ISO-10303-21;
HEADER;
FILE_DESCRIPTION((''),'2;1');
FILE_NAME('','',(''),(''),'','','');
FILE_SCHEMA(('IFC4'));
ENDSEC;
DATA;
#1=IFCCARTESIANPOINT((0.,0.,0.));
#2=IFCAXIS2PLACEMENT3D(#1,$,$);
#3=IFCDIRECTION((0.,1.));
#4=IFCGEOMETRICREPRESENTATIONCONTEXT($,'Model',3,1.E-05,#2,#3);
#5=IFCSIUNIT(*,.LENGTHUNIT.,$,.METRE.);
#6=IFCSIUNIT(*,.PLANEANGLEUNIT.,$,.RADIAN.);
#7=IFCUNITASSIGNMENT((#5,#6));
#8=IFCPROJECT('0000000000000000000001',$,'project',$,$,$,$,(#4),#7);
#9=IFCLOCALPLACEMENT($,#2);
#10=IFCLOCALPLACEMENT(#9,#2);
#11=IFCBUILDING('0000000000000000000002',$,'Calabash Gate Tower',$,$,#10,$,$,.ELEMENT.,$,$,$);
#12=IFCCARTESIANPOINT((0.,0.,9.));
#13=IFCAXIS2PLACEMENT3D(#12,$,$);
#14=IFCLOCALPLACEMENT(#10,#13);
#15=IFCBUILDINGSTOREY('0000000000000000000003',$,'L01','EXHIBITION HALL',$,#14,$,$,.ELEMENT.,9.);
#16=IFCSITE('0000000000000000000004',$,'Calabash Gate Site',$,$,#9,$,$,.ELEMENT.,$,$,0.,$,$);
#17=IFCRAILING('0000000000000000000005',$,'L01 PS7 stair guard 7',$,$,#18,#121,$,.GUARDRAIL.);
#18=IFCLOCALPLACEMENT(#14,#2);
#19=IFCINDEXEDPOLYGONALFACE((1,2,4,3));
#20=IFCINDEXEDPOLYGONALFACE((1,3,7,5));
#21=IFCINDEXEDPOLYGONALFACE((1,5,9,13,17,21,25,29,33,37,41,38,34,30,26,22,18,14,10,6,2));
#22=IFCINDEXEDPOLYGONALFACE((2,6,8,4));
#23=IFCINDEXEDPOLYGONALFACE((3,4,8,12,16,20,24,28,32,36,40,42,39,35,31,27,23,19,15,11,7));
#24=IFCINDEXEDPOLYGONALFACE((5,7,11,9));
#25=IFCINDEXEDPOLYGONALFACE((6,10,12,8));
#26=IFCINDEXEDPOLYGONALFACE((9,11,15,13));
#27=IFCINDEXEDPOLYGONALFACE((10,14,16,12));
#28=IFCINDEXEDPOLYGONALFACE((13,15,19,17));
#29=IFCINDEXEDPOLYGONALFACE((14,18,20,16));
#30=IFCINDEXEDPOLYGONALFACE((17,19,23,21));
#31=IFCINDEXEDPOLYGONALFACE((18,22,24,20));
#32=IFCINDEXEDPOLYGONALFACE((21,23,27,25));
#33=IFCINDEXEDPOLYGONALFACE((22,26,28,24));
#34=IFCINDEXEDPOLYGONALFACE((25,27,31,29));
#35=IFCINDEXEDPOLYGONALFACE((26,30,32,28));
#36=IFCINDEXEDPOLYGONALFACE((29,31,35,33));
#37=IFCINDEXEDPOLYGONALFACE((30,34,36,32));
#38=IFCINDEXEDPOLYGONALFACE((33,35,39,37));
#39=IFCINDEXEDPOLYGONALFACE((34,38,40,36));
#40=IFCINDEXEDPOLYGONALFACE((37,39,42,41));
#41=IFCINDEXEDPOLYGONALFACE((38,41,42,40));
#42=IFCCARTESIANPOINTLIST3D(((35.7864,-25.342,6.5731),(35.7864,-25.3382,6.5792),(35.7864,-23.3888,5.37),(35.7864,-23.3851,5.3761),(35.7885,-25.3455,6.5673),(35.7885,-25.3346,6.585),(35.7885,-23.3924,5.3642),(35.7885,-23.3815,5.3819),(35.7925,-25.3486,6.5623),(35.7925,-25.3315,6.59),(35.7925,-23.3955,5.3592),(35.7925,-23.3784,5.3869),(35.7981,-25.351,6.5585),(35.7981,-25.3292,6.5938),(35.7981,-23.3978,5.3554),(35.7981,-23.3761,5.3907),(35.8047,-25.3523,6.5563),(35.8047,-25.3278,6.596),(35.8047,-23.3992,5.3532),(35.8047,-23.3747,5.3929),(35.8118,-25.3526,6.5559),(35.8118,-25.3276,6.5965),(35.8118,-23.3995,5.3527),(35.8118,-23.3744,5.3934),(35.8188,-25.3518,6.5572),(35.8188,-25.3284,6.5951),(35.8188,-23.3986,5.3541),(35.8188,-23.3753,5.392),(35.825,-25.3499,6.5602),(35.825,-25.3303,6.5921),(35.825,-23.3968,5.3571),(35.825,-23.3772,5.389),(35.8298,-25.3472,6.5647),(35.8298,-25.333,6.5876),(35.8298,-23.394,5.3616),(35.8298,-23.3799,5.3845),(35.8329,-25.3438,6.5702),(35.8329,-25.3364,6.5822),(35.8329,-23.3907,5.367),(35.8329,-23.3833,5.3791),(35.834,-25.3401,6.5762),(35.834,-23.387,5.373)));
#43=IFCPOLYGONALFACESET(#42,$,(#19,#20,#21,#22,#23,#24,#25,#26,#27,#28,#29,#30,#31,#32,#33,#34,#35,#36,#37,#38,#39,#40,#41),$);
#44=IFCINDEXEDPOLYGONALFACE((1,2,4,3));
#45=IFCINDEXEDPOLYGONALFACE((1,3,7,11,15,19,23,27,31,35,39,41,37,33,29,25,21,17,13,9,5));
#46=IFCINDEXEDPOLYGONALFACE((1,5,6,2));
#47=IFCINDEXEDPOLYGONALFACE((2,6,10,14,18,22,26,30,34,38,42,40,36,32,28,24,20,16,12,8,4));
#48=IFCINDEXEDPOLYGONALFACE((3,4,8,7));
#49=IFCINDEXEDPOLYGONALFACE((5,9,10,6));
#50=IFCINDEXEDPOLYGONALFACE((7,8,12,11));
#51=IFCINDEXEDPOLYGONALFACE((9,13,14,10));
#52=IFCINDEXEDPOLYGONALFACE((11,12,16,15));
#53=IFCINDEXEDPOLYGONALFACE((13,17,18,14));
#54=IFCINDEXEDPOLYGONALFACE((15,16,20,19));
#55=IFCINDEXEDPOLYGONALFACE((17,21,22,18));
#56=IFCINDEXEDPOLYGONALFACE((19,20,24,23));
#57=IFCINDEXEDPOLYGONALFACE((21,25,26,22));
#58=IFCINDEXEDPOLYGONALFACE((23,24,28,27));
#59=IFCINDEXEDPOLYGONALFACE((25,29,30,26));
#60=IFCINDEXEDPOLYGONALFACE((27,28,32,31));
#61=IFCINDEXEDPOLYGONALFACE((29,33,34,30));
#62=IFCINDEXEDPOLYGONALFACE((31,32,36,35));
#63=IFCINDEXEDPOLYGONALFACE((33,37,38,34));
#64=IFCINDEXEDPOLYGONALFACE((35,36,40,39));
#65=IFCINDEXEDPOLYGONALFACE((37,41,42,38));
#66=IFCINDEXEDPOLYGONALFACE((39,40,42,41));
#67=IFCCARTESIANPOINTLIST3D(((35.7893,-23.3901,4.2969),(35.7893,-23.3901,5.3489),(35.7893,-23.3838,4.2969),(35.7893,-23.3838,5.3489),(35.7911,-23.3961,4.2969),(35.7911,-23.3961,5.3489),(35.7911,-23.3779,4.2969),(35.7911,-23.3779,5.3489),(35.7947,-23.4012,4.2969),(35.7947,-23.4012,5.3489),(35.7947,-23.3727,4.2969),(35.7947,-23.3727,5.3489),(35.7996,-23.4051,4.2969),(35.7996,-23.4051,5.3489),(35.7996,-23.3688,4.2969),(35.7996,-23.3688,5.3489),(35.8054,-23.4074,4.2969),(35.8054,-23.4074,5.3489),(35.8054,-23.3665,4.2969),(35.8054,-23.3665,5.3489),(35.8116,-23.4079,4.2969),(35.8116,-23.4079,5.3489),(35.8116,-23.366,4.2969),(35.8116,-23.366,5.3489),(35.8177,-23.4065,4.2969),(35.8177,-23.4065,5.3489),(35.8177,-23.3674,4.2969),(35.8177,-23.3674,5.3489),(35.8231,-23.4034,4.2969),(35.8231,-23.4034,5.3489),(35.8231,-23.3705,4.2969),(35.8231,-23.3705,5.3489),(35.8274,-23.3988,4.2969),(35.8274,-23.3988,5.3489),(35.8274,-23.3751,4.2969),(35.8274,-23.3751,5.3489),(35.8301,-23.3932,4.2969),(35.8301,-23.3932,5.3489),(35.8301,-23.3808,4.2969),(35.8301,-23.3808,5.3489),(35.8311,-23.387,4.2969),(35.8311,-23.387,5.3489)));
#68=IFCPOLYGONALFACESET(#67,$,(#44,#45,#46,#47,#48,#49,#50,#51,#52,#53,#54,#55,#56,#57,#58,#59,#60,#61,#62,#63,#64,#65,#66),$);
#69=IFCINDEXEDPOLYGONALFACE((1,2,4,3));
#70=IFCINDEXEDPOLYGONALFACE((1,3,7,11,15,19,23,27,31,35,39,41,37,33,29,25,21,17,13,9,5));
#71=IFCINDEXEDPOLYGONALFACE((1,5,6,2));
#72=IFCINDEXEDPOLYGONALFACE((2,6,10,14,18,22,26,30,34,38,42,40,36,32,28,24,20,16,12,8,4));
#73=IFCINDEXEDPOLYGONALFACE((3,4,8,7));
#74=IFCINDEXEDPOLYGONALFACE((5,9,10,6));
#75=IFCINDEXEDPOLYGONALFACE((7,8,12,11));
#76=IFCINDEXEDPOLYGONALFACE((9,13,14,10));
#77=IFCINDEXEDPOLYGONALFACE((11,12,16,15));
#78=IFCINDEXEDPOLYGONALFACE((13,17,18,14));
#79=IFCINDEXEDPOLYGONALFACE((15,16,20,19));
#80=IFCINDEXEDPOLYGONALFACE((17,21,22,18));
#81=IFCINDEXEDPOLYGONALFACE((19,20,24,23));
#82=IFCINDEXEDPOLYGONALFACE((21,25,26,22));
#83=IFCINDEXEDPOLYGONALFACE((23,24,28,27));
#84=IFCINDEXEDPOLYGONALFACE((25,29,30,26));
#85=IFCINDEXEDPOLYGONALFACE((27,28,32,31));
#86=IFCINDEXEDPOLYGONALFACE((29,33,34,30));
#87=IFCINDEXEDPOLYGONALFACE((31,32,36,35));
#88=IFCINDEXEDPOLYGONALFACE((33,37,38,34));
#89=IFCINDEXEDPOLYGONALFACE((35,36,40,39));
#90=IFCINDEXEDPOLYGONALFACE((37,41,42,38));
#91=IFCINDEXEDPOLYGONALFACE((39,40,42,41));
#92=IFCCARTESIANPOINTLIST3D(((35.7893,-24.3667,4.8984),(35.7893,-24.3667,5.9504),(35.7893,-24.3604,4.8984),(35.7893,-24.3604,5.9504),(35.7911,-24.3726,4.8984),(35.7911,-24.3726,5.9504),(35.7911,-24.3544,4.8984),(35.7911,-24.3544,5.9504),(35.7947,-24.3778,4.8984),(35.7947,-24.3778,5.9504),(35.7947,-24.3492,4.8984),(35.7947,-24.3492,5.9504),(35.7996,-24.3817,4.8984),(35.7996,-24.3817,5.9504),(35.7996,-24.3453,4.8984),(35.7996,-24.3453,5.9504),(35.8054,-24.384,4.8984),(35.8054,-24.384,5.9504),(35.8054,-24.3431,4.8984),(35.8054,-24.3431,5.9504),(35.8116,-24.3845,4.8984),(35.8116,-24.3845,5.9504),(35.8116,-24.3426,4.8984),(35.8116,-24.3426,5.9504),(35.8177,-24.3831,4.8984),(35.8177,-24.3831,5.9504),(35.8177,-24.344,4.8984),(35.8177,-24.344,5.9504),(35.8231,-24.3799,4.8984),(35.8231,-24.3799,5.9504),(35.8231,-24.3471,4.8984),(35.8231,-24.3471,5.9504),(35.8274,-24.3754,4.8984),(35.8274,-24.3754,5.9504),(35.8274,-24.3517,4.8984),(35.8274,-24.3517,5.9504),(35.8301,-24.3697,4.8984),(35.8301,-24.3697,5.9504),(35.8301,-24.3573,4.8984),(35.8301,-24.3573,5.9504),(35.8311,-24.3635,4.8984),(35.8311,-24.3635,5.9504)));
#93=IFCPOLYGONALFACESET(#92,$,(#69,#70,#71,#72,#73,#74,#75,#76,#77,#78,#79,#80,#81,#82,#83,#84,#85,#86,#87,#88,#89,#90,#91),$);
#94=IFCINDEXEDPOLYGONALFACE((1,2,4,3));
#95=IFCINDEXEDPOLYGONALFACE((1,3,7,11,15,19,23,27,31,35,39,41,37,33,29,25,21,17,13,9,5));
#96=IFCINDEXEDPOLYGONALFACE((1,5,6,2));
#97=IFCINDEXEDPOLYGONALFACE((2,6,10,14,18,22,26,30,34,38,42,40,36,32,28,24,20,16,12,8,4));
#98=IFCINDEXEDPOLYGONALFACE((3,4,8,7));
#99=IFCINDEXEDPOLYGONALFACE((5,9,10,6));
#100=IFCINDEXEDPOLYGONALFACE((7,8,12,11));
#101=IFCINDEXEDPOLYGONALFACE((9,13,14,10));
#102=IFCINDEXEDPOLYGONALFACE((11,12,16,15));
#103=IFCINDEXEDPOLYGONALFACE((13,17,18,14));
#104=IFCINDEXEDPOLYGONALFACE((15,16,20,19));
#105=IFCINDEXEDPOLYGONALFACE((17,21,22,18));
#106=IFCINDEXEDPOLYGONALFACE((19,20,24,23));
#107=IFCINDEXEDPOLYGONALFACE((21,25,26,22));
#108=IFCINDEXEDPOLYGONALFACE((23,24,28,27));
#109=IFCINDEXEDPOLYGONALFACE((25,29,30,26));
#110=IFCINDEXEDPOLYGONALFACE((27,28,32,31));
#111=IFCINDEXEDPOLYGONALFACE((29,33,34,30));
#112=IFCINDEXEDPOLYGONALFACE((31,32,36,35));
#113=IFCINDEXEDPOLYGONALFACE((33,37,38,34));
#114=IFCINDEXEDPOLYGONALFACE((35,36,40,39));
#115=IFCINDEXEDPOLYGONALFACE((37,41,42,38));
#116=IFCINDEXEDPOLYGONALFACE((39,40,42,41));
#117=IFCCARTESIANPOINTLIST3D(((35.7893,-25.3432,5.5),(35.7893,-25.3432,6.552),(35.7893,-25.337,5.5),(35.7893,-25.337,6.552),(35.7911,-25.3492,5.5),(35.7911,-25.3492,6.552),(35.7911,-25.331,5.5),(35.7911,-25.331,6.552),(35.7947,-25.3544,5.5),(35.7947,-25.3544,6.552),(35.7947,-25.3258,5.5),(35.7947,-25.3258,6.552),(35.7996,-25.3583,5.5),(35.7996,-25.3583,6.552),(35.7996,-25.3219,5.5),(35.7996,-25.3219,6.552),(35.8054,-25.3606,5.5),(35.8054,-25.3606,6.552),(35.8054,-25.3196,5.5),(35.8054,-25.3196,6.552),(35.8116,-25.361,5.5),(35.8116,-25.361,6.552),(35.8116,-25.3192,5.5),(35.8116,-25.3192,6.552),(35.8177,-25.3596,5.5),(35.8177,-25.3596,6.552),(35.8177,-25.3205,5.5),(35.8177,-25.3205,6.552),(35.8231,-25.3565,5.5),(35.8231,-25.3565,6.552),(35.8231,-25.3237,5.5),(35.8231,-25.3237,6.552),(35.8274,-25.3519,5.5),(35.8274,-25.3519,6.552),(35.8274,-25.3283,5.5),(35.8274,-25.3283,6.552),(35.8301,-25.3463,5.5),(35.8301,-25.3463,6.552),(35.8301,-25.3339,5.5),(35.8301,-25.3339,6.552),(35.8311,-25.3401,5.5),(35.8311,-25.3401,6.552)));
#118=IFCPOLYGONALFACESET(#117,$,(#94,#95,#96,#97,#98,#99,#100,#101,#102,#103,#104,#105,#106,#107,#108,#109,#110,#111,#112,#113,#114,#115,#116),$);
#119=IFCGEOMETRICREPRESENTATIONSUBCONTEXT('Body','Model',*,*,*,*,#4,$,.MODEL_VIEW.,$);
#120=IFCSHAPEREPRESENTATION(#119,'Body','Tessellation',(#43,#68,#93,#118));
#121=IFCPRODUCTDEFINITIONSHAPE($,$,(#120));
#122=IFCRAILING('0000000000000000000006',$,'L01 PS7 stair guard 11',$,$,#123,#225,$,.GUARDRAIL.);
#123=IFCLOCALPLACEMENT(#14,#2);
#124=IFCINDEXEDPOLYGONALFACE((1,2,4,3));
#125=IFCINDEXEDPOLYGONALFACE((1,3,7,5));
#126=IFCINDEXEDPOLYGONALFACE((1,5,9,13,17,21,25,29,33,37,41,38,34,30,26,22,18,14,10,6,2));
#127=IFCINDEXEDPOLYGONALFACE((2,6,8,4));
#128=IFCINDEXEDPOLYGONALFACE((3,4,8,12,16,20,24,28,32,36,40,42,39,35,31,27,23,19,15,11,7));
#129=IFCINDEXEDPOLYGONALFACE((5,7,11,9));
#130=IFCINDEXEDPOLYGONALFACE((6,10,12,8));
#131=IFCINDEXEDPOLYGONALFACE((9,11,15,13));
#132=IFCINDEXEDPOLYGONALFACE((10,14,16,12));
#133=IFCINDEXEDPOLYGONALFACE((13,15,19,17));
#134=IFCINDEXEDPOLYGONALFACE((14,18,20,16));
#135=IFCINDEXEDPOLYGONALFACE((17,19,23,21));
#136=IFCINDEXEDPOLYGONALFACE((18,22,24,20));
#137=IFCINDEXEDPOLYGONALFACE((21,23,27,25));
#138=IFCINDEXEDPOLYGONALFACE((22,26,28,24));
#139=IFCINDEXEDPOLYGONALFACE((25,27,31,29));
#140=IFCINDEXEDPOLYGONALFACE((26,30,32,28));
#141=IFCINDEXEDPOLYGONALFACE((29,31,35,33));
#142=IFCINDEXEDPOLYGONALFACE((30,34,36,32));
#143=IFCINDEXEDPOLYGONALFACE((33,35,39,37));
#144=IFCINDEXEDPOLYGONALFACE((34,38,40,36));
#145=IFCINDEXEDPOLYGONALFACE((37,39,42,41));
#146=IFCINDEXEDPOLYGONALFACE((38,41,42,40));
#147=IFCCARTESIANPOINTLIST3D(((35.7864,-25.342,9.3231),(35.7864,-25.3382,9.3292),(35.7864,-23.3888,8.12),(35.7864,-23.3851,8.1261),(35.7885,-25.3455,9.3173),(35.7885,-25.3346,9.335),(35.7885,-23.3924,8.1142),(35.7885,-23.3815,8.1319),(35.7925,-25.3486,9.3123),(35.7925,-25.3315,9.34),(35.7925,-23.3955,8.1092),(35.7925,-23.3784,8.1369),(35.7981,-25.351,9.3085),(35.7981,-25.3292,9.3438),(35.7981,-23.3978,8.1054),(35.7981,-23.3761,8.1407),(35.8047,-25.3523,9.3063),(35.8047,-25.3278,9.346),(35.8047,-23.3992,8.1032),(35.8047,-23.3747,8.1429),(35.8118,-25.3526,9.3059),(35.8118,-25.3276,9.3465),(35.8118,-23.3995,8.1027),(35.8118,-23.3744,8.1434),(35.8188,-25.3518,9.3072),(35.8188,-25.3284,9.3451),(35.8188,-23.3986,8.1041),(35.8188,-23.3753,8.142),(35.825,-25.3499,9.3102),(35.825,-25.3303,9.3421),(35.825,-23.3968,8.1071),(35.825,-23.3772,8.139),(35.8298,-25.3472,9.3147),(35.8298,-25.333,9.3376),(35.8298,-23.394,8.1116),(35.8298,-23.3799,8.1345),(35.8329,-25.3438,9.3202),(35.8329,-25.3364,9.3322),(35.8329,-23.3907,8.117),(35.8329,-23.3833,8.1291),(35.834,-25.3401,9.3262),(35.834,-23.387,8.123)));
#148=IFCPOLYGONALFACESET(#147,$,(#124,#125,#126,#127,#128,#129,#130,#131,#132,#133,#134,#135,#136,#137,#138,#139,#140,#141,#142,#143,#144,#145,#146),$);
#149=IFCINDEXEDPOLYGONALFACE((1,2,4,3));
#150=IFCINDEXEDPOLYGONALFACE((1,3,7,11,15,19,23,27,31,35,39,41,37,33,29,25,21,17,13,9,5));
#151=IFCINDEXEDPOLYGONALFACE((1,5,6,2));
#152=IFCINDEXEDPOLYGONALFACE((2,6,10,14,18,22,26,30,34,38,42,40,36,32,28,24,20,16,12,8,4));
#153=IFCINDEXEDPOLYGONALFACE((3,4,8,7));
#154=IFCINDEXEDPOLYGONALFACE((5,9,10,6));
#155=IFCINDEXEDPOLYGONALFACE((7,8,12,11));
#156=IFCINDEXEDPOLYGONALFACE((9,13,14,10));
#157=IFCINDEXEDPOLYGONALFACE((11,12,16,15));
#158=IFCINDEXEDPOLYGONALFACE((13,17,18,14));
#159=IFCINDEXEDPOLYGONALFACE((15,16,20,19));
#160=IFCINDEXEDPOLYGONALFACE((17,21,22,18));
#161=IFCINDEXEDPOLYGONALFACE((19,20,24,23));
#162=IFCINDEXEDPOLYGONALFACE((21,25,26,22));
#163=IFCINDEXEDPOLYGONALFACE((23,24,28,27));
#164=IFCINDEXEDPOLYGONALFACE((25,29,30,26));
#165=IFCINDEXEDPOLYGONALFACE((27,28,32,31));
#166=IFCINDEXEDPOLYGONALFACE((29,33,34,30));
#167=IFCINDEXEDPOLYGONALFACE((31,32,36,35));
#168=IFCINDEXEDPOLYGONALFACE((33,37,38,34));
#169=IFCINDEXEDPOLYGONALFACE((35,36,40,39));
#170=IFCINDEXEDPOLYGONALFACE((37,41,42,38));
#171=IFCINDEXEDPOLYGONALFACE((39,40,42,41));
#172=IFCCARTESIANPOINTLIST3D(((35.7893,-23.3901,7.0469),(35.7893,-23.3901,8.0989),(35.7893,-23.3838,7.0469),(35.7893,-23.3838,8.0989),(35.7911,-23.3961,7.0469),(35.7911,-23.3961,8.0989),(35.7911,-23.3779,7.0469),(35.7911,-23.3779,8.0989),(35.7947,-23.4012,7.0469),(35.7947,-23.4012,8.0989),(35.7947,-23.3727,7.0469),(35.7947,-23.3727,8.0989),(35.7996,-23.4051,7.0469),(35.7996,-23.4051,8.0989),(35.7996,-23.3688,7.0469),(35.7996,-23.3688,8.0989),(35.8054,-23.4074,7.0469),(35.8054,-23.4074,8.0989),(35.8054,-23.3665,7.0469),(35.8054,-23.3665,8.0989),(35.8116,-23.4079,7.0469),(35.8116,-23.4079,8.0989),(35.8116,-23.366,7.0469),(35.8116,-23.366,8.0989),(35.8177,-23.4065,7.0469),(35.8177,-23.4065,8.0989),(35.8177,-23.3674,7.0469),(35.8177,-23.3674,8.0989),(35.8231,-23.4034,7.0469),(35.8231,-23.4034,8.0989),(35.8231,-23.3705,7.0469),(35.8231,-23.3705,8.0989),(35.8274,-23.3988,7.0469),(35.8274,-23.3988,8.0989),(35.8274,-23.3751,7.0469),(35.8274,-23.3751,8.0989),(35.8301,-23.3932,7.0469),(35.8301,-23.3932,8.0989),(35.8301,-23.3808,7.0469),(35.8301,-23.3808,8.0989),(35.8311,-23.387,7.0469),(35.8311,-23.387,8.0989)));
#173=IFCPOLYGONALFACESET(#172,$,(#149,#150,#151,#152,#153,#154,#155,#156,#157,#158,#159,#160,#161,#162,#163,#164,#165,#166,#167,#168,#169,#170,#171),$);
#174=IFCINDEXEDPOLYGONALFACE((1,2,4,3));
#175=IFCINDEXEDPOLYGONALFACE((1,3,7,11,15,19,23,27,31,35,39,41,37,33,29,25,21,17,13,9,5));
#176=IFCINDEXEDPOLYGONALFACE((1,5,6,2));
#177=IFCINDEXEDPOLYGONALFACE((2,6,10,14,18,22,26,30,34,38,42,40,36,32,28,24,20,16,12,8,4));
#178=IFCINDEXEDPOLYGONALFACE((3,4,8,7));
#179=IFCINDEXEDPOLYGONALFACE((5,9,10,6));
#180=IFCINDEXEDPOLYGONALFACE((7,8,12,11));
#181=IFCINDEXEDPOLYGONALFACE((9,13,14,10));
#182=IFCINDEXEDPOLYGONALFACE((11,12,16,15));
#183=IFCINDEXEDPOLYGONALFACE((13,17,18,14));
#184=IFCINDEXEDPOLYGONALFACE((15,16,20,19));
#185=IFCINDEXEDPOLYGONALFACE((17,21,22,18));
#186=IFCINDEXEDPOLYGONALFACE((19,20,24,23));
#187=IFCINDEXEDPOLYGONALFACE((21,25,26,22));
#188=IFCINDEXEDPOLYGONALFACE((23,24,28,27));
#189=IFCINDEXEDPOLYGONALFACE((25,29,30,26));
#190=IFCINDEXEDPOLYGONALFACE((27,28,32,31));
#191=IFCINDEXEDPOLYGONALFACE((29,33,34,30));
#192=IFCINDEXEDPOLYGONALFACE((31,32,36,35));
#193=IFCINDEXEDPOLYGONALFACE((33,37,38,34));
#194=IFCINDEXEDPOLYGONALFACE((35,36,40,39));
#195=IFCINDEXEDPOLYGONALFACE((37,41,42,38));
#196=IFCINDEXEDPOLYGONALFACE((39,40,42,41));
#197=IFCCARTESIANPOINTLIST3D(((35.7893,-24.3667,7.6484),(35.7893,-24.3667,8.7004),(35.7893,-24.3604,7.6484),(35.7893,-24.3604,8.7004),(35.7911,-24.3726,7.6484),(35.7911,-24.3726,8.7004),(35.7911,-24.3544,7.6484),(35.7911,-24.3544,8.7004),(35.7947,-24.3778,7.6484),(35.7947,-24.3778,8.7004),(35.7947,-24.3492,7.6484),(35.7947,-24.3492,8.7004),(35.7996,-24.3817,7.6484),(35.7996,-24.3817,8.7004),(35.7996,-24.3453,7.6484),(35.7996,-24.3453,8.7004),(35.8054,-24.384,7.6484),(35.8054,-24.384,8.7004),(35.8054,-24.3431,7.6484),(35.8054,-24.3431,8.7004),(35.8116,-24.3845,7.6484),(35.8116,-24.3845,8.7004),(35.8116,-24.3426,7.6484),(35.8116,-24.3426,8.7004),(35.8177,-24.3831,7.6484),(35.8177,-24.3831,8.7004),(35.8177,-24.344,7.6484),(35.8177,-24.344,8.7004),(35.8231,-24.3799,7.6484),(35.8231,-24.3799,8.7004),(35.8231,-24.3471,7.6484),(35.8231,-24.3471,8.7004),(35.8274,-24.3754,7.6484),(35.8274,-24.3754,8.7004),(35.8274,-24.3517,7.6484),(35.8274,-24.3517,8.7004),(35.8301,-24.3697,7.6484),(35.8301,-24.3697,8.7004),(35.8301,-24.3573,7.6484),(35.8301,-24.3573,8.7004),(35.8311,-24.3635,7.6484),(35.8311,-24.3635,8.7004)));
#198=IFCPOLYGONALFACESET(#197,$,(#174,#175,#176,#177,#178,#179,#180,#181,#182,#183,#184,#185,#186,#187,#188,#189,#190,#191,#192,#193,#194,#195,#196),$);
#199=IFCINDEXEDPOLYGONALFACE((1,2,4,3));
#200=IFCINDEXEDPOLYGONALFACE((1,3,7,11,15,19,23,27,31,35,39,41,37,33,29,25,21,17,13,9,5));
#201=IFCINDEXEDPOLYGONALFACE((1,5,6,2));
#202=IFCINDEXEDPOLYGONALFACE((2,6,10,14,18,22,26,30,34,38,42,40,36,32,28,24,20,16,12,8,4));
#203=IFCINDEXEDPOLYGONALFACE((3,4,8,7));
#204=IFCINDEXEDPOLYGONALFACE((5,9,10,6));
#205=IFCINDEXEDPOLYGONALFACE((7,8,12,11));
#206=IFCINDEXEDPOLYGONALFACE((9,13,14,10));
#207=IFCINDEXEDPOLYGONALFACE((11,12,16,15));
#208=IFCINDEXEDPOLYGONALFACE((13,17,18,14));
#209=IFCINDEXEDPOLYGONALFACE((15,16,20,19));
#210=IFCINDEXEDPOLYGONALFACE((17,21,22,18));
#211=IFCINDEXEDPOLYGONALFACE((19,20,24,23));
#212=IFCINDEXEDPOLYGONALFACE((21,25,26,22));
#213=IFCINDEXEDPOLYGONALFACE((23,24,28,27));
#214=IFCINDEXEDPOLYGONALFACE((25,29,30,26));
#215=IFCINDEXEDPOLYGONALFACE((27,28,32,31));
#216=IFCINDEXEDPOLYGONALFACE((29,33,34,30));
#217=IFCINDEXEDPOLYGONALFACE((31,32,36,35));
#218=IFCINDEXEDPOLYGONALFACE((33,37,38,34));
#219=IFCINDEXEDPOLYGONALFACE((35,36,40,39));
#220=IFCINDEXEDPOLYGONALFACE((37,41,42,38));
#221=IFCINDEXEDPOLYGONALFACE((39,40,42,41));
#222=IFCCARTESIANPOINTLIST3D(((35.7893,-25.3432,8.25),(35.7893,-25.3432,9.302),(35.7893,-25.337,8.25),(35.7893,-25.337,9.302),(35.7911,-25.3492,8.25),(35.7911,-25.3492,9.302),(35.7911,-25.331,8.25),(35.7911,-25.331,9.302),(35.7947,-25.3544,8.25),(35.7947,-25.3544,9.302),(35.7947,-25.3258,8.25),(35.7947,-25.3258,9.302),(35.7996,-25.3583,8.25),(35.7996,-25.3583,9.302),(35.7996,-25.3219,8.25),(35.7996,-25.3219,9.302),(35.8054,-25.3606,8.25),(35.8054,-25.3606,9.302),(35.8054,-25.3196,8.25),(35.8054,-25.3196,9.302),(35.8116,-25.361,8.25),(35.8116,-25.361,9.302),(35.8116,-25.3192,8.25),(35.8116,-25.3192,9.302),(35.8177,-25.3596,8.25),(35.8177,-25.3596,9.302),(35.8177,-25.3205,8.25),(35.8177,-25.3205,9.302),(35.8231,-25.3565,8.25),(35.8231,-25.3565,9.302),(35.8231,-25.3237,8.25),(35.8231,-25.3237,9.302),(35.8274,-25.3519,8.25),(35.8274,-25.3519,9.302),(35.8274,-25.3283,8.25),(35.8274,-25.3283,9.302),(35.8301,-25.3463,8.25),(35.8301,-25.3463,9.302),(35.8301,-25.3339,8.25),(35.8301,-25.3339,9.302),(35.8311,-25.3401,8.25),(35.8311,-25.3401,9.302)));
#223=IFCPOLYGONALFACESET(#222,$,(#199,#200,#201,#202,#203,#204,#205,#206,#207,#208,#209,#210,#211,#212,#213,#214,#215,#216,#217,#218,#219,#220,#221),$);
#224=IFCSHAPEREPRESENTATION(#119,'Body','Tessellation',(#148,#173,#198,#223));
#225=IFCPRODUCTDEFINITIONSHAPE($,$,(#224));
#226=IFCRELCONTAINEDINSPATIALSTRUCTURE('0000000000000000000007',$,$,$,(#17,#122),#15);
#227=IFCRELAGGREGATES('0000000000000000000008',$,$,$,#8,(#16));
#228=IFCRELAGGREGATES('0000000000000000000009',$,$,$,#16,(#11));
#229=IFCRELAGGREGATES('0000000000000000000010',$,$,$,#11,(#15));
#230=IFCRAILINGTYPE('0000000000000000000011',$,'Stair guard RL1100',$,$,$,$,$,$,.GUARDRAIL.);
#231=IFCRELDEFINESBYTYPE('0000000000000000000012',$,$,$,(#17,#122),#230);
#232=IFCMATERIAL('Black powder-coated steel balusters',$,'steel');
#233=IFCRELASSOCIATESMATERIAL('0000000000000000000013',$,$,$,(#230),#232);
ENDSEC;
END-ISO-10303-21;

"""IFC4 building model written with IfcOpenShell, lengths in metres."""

from ifc_helpers import new_model, si_unit, direction, frame, origin, origin_2d, place, context, subcontext, project, spatial, circle, extrude, material, type_object, element, save


model = new_model("IFC4")

# Units and contexts
model_context = context("Model", 3, precision=1e-05, world=origin(), true_north=direction((0.0, 1.0)))
body_context = subcontext(model_context, "Body", "Model", "MODEL_VIEW")
ifc_project = project(units=[si_unit("LENGTHUNIT", "METRE"), si_unit("PLANEANGLEUNIT", "RADIAN")], contexts=[model_context])

# Site, building, storey
site_placement = place(None, origin())
site = spatial("IfcSite", under=ifc_project, at=site_placement, Name="Calabash Gate Site", CompositionType="ELEMENT", RefElevation=0.0)
building_placement = place(site_placement, origin())
building = spatial("IfcBuilding", under=site, at=building_placement, Name="Calabash Gate Tower", CompositionType="ELEMENT")
storey_placement = place(building_placement, frame((0.0, 0.0, 9.0)))
storey = spatial("IfcBuildingStorey", under=building, at=storey_placement, Name="L01", Description="EXHIBITION HALL", CompositionType="ELEMENT", Elevation=9.0)

# Railings
ifc_material_1 = material(Name="Black powder-coated steel balusters", Category="steel")
railing_type_1 = type_object("IfcRailingType", Name="Stair guard RL1100", PredefinedType="GUARDRAIL", material=ifc_material_1)
for number, where, name in (
    (1, (35.8101, -23.387, 4.2969), "L01 PS7 stair guard 7"),
    (2, (35.8101, -23.387, 7.0469), "L01 PS7 stair guard 11"),
):
    element("IfcRailing", number, at=place(storey_placement, frame(where)), inside=storey, type_object=railing_type_1, Name=name, PredefinedType="GUARDRAIL", context=body_context, shape_type="SweptSolid", body=[
        extrude(circle(Radius=0.0239, at=origin_2d()), frame((0.0, 0.0, 1.0762), z_axis=(0.0, -0.851424, 0.524477), x_axis=(1.0, 0.0, 0.0)), (0.0, 0.0, 1.0), 2.2939),
        extrude(circle(Radius=0.021, at=origin_2d()), origin(), (0.0, 0.0, 1.0), 1.052),
        extrude(circle(Radius=0.021, at=origin_2d()), frame((0.0, -0.9766, 0.6016)), (0.0, 0.0, 1.0), 1.052),
        extrude(circle(Radius=0.021, at=origin_2d()), frame((0.0, -1.9531, 1.2031)), (0.0, 0.0, 1.0), 1.052),
    ])

save(model, "model.ifc")
